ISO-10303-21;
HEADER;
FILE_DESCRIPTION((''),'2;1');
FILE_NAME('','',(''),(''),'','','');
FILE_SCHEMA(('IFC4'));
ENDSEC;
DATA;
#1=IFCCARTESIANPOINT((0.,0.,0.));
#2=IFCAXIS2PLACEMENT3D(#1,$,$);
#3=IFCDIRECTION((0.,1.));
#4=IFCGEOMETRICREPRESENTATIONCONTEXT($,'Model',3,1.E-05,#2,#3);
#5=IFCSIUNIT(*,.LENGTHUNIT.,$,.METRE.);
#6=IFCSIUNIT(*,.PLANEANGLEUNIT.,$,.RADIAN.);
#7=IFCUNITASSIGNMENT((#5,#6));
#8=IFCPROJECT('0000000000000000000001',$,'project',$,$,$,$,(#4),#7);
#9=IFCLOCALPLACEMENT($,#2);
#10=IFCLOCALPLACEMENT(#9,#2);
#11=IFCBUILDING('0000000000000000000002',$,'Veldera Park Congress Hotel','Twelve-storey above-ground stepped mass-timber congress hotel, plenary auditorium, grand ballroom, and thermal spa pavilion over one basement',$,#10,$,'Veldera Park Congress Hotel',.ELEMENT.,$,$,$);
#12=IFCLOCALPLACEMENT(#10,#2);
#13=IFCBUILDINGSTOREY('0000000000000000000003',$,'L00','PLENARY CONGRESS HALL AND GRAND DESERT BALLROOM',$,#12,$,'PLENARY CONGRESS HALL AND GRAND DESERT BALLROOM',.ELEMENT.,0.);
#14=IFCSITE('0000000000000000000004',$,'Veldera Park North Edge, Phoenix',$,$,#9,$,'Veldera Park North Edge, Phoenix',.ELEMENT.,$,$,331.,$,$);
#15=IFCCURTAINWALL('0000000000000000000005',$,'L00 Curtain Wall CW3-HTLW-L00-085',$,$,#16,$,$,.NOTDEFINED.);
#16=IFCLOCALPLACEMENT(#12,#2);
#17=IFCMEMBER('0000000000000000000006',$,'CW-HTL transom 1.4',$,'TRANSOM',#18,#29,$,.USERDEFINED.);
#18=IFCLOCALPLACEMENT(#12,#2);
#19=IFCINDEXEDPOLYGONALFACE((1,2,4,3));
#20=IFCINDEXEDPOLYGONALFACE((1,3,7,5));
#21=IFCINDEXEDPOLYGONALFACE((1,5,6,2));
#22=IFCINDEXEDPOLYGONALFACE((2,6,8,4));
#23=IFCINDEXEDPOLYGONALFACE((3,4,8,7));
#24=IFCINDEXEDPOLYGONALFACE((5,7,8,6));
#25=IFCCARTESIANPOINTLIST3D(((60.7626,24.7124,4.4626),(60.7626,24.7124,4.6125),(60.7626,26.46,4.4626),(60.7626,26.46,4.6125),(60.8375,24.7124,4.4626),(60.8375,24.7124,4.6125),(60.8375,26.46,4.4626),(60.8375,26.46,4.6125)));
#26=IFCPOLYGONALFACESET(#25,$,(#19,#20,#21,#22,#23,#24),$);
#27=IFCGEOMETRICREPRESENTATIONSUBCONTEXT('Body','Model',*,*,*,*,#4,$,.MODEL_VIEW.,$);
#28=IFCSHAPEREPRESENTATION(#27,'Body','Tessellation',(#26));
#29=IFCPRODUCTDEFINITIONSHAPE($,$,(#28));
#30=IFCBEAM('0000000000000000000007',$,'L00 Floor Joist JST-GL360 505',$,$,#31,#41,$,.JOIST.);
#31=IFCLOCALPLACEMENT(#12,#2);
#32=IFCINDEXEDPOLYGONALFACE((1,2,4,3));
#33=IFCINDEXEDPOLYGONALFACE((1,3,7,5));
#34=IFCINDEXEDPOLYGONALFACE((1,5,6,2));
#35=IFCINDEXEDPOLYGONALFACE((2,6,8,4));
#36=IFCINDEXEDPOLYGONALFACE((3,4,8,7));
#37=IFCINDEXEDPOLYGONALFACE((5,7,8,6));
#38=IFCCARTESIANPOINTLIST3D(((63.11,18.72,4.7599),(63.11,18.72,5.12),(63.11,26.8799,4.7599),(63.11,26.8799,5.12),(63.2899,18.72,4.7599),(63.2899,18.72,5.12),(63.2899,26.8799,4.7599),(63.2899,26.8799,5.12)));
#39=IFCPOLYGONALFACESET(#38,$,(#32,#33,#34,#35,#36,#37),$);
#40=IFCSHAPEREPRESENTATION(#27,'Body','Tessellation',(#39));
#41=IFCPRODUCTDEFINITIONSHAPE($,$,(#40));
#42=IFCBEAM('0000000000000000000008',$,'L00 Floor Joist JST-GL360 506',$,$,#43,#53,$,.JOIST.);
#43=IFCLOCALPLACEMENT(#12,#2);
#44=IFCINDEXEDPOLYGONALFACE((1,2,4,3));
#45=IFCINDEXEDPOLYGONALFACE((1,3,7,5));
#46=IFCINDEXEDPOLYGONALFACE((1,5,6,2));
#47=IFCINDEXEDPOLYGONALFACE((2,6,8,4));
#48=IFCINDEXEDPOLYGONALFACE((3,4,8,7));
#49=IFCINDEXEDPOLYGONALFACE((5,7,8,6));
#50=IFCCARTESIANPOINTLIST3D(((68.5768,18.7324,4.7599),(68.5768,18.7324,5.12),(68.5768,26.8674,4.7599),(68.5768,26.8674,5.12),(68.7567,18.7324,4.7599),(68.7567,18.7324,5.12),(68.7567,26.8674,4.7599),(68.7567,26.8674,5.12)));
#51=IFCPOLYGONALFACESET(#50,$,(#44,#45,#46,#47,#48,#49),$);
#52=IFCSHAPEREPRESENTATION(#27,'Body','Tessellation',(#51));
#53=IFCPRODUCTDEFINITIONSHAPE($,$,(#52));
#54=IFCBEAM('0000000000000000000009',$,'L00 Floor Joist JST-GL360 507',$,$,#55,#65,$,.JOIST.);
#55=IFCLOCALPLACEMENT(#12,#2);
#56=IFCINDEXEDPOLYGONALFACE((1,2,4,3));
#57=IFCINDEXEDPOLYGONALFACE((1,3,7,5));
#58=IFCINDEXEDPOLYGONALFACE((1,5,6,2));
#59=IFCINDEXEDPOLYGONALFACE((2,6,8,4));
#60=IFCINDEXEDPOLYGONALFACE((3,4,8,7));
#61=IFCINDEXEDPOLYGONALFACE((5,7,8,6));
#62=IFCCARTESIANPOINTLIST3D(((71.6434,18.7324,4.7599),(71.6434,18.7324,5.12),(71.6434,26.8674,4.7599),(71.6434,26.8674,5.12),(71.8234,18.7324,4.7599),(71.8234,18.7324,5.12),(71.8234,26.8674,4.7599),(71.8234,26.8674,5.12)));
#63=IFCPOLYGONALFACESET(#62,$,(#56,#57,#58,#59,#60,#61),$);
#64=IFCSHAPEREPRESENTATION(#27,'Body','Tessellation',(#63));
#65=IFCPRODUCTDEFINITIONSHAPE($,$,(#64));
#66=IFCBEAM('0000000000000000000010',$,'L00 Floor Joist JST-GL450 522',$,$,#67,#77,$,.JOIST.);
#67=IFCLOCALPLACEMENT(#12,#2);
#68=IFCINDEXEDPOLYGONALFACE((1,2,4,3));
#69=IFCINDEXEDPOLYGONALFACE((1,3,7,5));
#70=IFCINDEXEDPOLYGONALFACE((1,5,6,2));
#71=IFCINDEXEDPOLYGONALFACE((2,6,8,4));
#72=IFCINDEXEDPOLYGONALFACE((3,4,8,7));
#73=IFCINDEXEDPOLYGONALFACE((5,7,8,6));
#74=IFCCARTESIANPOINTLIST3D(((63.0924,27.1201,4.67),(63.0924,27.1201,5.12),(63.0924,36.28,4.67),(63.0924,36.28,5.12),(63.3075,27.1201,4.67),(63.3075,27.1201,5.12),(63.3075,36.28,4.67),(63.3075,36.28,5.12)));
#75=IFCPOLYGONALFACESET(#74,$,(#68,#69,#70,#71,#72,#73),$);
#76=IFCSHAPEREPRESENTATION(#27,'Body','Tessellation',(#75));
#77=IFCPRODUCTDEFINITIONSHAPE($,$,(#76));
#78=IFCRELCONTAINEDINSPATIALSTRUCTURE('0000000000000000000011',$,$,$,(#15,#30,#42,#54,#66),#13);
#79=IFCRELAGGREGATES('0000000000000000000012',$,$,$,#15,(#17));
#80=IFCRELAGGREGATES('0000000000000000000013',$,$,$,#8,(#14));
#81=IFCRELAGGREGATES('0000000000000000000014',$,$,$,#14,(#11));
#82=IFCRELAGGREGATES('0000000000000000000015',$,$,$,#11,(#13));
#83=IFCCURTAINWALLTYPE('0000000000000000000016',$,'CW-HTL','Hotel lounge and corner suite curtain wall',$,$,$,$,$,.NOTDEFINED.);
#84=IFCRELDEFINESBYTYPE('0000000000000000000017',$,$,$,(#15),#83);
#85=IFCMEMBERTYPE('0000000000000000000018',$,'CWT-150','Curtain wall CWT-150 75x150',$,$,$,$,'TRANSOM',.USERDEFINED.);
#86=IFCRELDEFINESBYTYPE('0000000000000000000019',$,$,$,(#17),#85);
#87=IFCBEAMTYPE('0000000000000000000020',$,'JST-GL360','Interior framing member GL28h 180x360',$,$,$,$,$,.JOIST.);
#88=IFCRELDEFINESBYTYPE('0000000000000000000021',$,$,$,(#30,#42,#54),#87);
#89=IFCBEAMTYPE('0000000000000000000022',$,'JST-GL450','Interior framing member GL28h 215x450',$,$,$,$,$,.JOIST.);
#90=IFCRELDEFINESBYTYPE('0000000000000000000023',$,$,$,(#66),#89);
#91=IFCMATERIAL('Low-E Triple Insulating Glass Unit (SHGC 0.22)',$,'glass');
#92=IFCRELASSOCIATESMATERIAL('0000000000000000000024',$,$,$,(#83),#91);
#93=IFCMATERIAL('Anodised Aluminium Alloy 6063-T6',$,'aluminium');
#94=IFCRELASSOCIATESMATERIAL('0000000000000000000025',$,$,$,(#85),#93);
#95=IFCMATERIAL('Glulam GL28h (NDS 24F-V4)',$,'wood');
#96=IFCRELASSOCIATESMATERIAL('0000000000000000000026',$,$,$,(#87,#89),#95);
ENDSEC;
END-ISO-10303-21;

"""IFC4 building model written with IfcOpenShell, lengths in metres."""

from ifc_helpers import new_model, si_unit, direction, frame, origin, origin_2d, place, context, subcontext, project, spatial, rectangle, extrude, material, material_profile, profile_set, type_object, element, aggregate, save


model = new_model("IFC4")

# Units and contexts
model_context = context("Model", 3, precision=1e-05, world=origin(), true_north=direction((0.0, 1.0)))
body_context = subcontext(model_context, "Body", "Model", "MODEL_VIEW")
ifc_project = project(units=[si_unit("LENGTHUNIT", "METRE"), si_unit("PLANEANGLEUNIT", "RADIAN")], contexts=[model_context])

# Site, building, storey
site_placement = place(None, origin())
site = spatial("IfcSite", under=ifc_project, at=site_placement, Name="Veldera Park North Edge, Phoenix", LongName="Veldera Park North Edge, Phoenix", CompositionType="ELEMENT", RefElevation=331.0)
building_placement = place(site_placement, origin())
building = spatial("IfcBuilding", under=site, at=building_placement, Name="Veldera Park Congress Hotel", Description="Twelve-storey above-ground stepped mass-timber congress hotel, plenary auditorium, grand ballroom, and thermal spa pavilion over one basement", LongName="Veldera Park Congress Hotel", CompositionType="ELEMENT")
storey_placement = place(building_placement, origin())
storey = spatial("IfcBuildingStorey", under=building, at=storey_placement, Name="L00", Description="PLENARY CONGRESS HALL AND GRAND DESERT BALLROOM", LongName="PLENARY CONGRESS HALL AND GRAND DESERT BALLROOM", CompositionType="ELEMENT", Elevation=0.0)

# Shared definitions
ifc_material_1 = material(Name="Glulam GL28h (NDS 24F-V4)", Category="wood")

# Curtain wall, member
ifc_material_2 = material(Name="Low-E Triple Insulating Glass Unit (SHGC 0.22)", Category="glass")
curtain_wall_type = type_object("IfcCurtainWallType", Name="CW-HTL", Description="Hotel lounge and corner suite curtain wall", PredefinedType="NOTDEFINED", material=ifc_material_2)
curtain_wall_placement = place(storey_placement, origin())
curtain_wall = element("IfcCurtainWall", 1, at=curtain_wall_placement, inside=storey, type_object=curtain_wall_type, Name="L00 Curtain Wall CW3-HTLW-L00-085", PredefinedType="NOTDEFINED")
ifc_material_3 = material(Name="Anodised Aluminium Alloy 6063-T6", Category="aluminium")
ifc_material_profile_1 = material_profile(ifc_material_3, rectangle(XDim=0.075, YDim=0.1499, at=origin_2d()), Name="ALU 75x150")
ifc_profile_set_1 = profile_set([ifc_material_profile_1], Name="Anodised Aluminium Alloy 6063-T6")
member_type_1 = type_object("IfcMemberType", Name="CWT-150", Description="Curtain wall CWT-150 75x150", ElementType="TRANSOM", PredefinedType="USERDEFINED", material=ifc_profile_set_1)
member_1_placement = place(storey_placement, frame((60.8, 26.46, 4.5376), z_axis=(0.0, -1.0, 0.0), x_axis=(1.0, 0.0, 0.0)))
member_1 = element("IfcMember", 2, at=member_1_placement, type_object=member_type_1, Name="CW-HTL transom 1.4", ObjectType="TRANSOM", PredefinedType="USERDEFINED", context=body_context, shape_type="SweptSolid", body=[
    extrude(rectangle(XDim=0.075, YDim=0.1499, at=origin_2d()), origin(), (0.0, 0.0, 1.0), 1.7476),
])
aggregate(curtain_wall, [member_1])

# Beams
ifc_material_profile_2 = material_profile(ifc_material_1, rectangle(XDim=0.1799, YDim=0.3601, at=origin_2d()), Name="GL28h 180x360")
ifc_profile_set_2 = profile_set([ifc_material_profile_2], Name="Glulam GL28h (NDS 24F-V4)")
beam_type_1 = type_object("IfcBeamType", Name="JST-GL360", Description="Interior framing member GL28h 180x360", PredefinedType="JOIST", material=ifc_profile_set_2)
beam_1_placement = place(storey_placement, frame((63.2, 18.72, 4.9399), z_axis=(0.0, 1.0, 0.0), x_axis=(-1.0, 0.0, 0.0)))
element("IfcBeam", 3, at=beam_1_placement, inside=storey, type_object=beam_type_1, Name="L00 Floor Joist JST-GL360 505", PredefinedType="JOIST", context=body_context, shape_type="SweptSolid", body=[
    extrude(rectangle(XDim=0.1799, YDim=0.3601, at=origin_2d()), origin(), (0.0, 0.0, 1.0), 8.1599),
])
for number, where, z_axis, x_axis, name in (
    (4, (68.6667, 18.7324, 4.9399), (0.0, 1.0, 0.0), (-1.0, 0.0, 0.0), "L00 Floor Joist JST-GL360 506"),
    (5, (71.7334, 18.7324, 4.9399), (0.0, 1.0, 0.0), (-1.0, 0.0, 0.0), "L00 Floor Joist JST-GL360 507"),
):
    element("IfcBeam", number, at=place(storey_placement, frame(where, z_axis=z_axis, x_axis=x_axis)), inside=storey, type_object=beam_type_1, Name=name, PredefinedType="JOIST", context=body_context, shape_type="SweptSolid", body=[
        extrude(rectangle(XDim=0.1799, YDim=0.3601, at=origin_2d()), origin(), (0.0, 0.0, 1.0), 8.135),
    ])
ifc_material_profile_3 = material_profile(ifc_material_1, rectangle(XDim=0.2151, YDim=0.45, at=origin_2d()), Name="GL28h 215x450")
ifc_profile_set_3 = profile_set([ifc_material_profile_3], Name="Glulam GL28h (NDS 24F-V4)")
beam_type_2 = type_object("IfcBeamType", Name="JST-GL450", Description="Interior framing member GL28h 215x450", PredefinedType="JOIST", material=ifc_profile_set_3)
beam_2_placement = place(storey_placement, frame((63.2, 27.1201, 4.895), z_axis=(0.0, 1.0, 0.0), x_axis=(-1.0, 0.0, 0.0)))
element("IfcBeam", 6, at=beam_2_placement, inside=storey, type_object=beam_type_2, Name="L00 Floor Joist JST-GL450 522", PredefinedType="JOIST", context=body_context, shape_type="SweptSolid", body=[
    extrude(rectangle(XDim=0.2151, YDim=0.45, at=origin_2d()), origin(), (0.0, 0.0, 1.0), 9.1599),
])

save(model, "model.ifc")
